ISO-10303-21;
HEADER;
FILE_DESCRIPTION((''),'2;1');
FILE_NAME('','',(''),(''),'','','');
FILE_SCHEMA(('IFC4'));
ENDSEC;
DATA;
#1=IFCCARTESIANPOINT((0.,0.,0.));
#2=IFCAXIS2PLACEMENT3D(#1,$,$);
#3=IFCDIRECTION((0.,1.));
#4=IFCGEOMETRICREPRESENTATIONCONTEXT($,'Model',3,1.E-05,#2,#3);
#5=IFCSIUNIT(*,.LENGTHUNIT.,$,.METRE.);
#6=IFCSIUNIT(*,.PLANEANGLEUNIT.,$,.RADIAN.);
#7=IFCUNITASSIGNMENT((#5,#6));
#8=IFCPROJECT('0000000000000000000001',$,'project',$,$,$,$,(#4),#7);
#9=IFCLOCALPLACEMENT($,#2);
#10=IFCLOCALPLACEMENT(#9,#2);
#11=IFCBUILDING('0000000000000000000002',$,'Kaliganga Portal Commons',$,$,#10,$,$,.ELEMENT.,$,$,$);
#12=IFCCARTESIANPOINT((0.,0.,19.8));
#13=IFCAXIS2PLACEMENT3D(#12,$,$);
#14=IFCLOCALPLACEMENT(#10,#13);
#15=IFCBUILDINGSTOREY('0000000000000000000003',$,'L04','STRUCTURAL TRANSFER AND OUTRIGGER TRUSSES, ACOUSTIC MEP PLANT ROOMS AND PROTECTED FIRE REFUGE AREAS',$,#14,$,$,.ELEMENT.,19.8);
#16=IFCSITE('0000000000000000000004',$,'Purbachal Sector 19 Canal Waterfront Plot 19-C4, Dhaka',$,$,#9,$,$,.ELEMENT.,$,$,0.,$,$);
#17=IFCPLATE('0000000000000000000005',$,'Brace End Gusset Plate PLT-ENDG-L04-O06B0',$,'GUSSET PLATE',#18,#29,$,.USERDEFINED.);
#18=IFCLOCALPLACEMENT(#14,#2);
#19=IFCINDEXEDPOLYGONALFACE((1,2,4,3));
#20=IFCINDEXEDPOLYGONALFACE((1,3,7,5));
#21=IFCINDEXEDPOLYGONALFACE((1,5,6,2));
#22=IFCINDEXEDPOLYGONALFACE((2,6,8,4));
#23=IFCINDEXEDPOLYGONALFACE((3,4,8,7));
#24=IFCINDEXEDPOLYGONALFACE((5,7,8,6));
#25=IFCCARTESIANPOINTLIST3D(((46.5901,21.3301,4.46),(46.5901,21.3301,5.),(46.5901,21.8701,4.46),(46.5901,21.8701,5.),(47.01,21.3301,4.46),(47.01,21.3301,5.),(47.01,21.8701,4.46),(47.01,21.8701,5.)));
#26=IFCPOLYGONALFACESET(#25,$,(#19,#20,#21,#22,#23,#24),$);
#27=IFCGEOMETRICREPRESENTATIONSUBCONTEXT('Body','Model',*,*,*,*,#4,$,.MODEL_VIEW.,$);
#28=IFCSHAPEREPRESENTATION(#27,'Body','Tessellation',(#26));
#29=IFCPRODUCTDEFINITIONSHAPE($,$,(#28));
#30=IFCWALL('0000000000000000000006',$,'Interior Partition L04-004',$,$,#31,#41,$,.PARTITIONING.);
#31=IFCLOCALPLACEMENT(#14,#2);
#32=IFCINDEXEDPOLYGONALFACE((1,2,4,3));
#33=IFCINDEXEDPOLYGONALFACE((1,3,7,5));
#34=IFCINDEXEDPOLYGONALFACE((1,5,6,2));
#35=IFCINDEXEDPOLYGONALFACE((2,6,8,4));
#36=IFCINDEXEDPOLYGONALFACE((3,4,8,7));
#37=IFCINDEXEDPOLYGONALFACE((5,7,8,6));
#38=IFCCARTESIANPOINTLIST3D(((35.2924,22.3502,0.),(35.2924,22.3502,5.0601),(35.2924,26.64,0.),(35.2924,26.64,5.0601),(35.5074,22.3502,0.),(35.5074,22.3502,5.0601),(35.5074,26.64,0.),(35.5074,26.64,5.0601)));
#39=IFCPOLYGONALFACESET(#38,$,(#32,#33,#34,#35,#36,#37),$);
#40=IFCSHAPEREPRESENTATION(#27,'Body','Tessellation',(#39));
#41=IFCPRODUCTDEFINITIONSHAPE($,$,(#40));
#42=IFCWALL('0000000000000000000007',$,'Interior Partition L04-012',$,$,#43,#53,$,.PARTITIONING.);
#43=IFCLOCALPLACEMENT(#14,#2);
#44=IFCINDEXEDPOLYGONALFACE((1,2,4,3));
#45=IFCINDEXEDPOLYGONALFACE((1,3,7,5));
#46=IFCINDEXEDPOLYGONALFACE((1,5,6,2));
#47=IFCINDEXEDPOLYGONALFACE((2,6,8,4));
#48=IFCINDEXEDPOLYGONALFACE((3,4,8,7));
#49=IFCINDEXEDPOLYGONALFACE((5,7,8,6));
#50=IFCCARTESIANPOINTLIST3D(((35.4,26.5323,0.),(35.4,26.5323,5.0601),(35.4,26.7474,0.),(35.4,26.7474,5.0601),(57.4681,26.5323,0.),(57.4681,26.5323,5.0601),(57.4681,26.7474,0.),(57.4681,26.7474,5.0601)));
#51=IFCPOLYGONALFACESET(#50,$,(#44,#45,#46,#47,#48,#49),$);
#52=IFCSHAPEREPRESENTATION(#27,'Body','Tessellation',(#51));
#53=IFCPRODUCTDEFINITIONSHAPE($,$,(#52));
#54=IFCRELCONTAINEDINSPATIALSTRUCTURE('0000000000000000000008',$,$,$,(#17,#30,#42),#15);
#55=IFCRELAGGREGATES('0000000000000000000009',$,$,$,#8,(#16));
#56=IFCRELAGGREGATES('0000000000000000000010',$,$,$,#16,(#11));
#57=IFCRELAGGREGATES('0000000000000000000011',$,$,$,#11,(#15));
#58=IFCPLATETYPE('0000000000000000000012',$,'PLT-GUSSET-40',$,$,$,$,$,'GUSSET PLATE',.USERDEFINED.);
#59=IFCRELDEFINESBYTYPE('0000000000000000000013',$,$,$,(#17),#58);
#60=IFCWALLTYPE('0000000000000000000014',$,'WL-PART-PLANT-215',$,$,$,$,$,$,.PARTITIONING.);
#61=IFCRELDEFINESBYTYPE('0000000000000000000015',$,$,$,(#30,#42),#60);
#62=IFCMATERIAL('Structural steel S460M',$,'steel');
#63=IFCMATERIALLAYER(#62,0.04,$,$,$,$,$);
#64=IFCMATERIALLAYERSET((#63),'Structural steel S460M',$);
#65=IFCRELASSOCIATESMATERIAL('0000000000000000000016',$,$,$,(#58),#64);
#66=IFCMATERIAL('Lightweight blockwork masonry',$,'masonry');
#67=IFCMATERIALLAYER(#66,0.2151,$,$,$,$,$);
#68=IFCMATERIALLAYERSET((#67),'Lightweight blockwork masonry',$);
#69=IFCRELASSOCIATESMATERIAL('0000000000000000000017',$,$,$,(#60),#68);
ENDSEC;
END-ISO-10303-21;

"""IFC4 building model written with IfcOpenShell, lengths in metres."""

from ifc_helpers import new_model, si_unit, direction, frame, frame_2d, origin, origin_2d, place, context, subcontext, project, spatial, rectangle, extrude, source, transform, mapped, material, layer, layer_set, type_object, element, save


model = new_model("IFC4")

# Units and contexts
model_context = context("Model", 3, precision=1e-05, world=origin(), true_north=direction((0.0, 1.0)))
body_context = subcontext(model_context, "Body", "Model", "MODEL_VIEW")
ifc_project = project(units=[si_unit("LENGTHUNIT", "METRE"), si_unit("PLANEANGLEUNIT", "RADIAN")], contexts=[model_context])

# Site, building, storey
site_placement = place(None, origin())
site = spatial("IfcSite", under=ifc_project, at=site_placement, Name="Purbachal Sector 19 Canal Waterfront Plot 19-C4, Dhaka", CompositionType="ELEMENT", RefElevation=0.0)
building_placement = place(site_placement, origin())
building = spatial("IfcBuilding", under=site, at=building_placement, Name="Kaliganga Portal Commons", CompositionType="ELEMENT")
storey_placement = place(building_placement, frame((0.0, 0.0, 19.8)))
storey = spatial("IfcBuildingStorey", under=building, at=storey_placement, Name="L04", Description="STRUCTURAL TRANSFER AND OUTRIGGER TRUSSES, ACOUSTIC MEP PLANT ROOMS AND PROTECTED FIRE REFUGE AREAS", CompositionType="ELEMENT", Elevation=19.8)

# Shared definitions
ifc_material_1 = material(Name="Structural steel S460M", Category="steel")

# Plate
ifc_layer_1 = layer(ifc_material_1, 0.04)
ifc_layer_set_1 = layer_set([ifc_layer_1], Name="Structural steel S460M")
plate_type = type_object("IfcPlateType", Name="PLT-GUSSET-40", ElementType="GUSSET PLATE", PredefinedType="USERDEFINED", material=ifc_layer_set_1)
shared_shape_1 = source(origin(), body_context, "Body", "SweptSolid", [
    extrude(rectangle(XDim=0.54, YDim=0.4199, at=origin_2d()), origin(), (0.0, 0.0, 1.0), 0.54),
])
for number, where, z_axis, x_axis, name in (
    (1, (46.8, 21.6001, 4.46), (0.0, 0.0, 1.0), (0.0, 1.0, 0.0), "Brace End Gusset Plate PLT-ENDG-L04-O06B0"),
):
    element("IfcPlate", number, at=place(storey_placement, frame(where, z_axis=z_axis, x_axis=x_axis)), inside=storey, type_object=plate_type, Name=name, ObjectType="GUSSET PLATE", PredefinedType="USERDEFINED", context=body_context, shape_type="MappedRepresentation", body=[
        mapped(shared_shape_1, transform((0.0, 0.0, 0.0), x_axis=(1.0, 0.0, 0.0), y_axis=(0.0, 1.0, 0.0), z_axis=(0.0, 0.0, 1.0), scale=1.0)),
    ])

# Shared definitions
ifc_material_2 = material(Name="Lightweight blockwork masonry", Category="masonry")
ifc_layer_2 = layer(ifc_material_2, 0.2151)
ifc_layer_set_2 = layer_set([ifc_layer_2], Name="Lightweight blockwork masonry")
wall_type = type_object("IfcWallType", Name="WL-PART-PLANT-215", PredefinedType="PARTITIONING", material=ifc_layer_set_2)

# Walls
wall_1_placement = place(storey_placement, frame((35.3999, 22.3501, 0.0), z_axis=(0.0, 0.0, 1.0), x_axis=(0.0, 1.0, 0.0)))
element("IfcWall", 2, at=wall_1_placement, inside=storey, type_object=wall_type, Name="Interior Partition L04-004", PredefinedType="PARTITIONING", context=body_context, shape_type="SweptSolid", body=[
    extrude(rectangle(XDim=4.2898, YDim=0.2151, at=frame_2d((2.145, 0.0))), origin(), (0.0, 0.0, 1.0), 5.0601),
])
wall_2_placement = place(storey_placement, frame((35.3999, 26.6399, 0.0), z_axis=(0.0, 0.0, 1.0), x_axis=(1.0, 0.0, 0.0)))
element("IfcWall", 3, at=wall_2_placement, inside=storey, type_object=wall_type, Name="Interior Partition L04-012", PredefinedType="PARTITIONING", context=body_context, shape_type="SweptSolid", body=[
    extrude(rectangle(XDim=22.0681, YDim=0.2151, at=frame_2d((11.0342, 0.0))), origin(), (0.0, 0.0, 1.0), 5.0601),
])

save(model, "model.ifc")
